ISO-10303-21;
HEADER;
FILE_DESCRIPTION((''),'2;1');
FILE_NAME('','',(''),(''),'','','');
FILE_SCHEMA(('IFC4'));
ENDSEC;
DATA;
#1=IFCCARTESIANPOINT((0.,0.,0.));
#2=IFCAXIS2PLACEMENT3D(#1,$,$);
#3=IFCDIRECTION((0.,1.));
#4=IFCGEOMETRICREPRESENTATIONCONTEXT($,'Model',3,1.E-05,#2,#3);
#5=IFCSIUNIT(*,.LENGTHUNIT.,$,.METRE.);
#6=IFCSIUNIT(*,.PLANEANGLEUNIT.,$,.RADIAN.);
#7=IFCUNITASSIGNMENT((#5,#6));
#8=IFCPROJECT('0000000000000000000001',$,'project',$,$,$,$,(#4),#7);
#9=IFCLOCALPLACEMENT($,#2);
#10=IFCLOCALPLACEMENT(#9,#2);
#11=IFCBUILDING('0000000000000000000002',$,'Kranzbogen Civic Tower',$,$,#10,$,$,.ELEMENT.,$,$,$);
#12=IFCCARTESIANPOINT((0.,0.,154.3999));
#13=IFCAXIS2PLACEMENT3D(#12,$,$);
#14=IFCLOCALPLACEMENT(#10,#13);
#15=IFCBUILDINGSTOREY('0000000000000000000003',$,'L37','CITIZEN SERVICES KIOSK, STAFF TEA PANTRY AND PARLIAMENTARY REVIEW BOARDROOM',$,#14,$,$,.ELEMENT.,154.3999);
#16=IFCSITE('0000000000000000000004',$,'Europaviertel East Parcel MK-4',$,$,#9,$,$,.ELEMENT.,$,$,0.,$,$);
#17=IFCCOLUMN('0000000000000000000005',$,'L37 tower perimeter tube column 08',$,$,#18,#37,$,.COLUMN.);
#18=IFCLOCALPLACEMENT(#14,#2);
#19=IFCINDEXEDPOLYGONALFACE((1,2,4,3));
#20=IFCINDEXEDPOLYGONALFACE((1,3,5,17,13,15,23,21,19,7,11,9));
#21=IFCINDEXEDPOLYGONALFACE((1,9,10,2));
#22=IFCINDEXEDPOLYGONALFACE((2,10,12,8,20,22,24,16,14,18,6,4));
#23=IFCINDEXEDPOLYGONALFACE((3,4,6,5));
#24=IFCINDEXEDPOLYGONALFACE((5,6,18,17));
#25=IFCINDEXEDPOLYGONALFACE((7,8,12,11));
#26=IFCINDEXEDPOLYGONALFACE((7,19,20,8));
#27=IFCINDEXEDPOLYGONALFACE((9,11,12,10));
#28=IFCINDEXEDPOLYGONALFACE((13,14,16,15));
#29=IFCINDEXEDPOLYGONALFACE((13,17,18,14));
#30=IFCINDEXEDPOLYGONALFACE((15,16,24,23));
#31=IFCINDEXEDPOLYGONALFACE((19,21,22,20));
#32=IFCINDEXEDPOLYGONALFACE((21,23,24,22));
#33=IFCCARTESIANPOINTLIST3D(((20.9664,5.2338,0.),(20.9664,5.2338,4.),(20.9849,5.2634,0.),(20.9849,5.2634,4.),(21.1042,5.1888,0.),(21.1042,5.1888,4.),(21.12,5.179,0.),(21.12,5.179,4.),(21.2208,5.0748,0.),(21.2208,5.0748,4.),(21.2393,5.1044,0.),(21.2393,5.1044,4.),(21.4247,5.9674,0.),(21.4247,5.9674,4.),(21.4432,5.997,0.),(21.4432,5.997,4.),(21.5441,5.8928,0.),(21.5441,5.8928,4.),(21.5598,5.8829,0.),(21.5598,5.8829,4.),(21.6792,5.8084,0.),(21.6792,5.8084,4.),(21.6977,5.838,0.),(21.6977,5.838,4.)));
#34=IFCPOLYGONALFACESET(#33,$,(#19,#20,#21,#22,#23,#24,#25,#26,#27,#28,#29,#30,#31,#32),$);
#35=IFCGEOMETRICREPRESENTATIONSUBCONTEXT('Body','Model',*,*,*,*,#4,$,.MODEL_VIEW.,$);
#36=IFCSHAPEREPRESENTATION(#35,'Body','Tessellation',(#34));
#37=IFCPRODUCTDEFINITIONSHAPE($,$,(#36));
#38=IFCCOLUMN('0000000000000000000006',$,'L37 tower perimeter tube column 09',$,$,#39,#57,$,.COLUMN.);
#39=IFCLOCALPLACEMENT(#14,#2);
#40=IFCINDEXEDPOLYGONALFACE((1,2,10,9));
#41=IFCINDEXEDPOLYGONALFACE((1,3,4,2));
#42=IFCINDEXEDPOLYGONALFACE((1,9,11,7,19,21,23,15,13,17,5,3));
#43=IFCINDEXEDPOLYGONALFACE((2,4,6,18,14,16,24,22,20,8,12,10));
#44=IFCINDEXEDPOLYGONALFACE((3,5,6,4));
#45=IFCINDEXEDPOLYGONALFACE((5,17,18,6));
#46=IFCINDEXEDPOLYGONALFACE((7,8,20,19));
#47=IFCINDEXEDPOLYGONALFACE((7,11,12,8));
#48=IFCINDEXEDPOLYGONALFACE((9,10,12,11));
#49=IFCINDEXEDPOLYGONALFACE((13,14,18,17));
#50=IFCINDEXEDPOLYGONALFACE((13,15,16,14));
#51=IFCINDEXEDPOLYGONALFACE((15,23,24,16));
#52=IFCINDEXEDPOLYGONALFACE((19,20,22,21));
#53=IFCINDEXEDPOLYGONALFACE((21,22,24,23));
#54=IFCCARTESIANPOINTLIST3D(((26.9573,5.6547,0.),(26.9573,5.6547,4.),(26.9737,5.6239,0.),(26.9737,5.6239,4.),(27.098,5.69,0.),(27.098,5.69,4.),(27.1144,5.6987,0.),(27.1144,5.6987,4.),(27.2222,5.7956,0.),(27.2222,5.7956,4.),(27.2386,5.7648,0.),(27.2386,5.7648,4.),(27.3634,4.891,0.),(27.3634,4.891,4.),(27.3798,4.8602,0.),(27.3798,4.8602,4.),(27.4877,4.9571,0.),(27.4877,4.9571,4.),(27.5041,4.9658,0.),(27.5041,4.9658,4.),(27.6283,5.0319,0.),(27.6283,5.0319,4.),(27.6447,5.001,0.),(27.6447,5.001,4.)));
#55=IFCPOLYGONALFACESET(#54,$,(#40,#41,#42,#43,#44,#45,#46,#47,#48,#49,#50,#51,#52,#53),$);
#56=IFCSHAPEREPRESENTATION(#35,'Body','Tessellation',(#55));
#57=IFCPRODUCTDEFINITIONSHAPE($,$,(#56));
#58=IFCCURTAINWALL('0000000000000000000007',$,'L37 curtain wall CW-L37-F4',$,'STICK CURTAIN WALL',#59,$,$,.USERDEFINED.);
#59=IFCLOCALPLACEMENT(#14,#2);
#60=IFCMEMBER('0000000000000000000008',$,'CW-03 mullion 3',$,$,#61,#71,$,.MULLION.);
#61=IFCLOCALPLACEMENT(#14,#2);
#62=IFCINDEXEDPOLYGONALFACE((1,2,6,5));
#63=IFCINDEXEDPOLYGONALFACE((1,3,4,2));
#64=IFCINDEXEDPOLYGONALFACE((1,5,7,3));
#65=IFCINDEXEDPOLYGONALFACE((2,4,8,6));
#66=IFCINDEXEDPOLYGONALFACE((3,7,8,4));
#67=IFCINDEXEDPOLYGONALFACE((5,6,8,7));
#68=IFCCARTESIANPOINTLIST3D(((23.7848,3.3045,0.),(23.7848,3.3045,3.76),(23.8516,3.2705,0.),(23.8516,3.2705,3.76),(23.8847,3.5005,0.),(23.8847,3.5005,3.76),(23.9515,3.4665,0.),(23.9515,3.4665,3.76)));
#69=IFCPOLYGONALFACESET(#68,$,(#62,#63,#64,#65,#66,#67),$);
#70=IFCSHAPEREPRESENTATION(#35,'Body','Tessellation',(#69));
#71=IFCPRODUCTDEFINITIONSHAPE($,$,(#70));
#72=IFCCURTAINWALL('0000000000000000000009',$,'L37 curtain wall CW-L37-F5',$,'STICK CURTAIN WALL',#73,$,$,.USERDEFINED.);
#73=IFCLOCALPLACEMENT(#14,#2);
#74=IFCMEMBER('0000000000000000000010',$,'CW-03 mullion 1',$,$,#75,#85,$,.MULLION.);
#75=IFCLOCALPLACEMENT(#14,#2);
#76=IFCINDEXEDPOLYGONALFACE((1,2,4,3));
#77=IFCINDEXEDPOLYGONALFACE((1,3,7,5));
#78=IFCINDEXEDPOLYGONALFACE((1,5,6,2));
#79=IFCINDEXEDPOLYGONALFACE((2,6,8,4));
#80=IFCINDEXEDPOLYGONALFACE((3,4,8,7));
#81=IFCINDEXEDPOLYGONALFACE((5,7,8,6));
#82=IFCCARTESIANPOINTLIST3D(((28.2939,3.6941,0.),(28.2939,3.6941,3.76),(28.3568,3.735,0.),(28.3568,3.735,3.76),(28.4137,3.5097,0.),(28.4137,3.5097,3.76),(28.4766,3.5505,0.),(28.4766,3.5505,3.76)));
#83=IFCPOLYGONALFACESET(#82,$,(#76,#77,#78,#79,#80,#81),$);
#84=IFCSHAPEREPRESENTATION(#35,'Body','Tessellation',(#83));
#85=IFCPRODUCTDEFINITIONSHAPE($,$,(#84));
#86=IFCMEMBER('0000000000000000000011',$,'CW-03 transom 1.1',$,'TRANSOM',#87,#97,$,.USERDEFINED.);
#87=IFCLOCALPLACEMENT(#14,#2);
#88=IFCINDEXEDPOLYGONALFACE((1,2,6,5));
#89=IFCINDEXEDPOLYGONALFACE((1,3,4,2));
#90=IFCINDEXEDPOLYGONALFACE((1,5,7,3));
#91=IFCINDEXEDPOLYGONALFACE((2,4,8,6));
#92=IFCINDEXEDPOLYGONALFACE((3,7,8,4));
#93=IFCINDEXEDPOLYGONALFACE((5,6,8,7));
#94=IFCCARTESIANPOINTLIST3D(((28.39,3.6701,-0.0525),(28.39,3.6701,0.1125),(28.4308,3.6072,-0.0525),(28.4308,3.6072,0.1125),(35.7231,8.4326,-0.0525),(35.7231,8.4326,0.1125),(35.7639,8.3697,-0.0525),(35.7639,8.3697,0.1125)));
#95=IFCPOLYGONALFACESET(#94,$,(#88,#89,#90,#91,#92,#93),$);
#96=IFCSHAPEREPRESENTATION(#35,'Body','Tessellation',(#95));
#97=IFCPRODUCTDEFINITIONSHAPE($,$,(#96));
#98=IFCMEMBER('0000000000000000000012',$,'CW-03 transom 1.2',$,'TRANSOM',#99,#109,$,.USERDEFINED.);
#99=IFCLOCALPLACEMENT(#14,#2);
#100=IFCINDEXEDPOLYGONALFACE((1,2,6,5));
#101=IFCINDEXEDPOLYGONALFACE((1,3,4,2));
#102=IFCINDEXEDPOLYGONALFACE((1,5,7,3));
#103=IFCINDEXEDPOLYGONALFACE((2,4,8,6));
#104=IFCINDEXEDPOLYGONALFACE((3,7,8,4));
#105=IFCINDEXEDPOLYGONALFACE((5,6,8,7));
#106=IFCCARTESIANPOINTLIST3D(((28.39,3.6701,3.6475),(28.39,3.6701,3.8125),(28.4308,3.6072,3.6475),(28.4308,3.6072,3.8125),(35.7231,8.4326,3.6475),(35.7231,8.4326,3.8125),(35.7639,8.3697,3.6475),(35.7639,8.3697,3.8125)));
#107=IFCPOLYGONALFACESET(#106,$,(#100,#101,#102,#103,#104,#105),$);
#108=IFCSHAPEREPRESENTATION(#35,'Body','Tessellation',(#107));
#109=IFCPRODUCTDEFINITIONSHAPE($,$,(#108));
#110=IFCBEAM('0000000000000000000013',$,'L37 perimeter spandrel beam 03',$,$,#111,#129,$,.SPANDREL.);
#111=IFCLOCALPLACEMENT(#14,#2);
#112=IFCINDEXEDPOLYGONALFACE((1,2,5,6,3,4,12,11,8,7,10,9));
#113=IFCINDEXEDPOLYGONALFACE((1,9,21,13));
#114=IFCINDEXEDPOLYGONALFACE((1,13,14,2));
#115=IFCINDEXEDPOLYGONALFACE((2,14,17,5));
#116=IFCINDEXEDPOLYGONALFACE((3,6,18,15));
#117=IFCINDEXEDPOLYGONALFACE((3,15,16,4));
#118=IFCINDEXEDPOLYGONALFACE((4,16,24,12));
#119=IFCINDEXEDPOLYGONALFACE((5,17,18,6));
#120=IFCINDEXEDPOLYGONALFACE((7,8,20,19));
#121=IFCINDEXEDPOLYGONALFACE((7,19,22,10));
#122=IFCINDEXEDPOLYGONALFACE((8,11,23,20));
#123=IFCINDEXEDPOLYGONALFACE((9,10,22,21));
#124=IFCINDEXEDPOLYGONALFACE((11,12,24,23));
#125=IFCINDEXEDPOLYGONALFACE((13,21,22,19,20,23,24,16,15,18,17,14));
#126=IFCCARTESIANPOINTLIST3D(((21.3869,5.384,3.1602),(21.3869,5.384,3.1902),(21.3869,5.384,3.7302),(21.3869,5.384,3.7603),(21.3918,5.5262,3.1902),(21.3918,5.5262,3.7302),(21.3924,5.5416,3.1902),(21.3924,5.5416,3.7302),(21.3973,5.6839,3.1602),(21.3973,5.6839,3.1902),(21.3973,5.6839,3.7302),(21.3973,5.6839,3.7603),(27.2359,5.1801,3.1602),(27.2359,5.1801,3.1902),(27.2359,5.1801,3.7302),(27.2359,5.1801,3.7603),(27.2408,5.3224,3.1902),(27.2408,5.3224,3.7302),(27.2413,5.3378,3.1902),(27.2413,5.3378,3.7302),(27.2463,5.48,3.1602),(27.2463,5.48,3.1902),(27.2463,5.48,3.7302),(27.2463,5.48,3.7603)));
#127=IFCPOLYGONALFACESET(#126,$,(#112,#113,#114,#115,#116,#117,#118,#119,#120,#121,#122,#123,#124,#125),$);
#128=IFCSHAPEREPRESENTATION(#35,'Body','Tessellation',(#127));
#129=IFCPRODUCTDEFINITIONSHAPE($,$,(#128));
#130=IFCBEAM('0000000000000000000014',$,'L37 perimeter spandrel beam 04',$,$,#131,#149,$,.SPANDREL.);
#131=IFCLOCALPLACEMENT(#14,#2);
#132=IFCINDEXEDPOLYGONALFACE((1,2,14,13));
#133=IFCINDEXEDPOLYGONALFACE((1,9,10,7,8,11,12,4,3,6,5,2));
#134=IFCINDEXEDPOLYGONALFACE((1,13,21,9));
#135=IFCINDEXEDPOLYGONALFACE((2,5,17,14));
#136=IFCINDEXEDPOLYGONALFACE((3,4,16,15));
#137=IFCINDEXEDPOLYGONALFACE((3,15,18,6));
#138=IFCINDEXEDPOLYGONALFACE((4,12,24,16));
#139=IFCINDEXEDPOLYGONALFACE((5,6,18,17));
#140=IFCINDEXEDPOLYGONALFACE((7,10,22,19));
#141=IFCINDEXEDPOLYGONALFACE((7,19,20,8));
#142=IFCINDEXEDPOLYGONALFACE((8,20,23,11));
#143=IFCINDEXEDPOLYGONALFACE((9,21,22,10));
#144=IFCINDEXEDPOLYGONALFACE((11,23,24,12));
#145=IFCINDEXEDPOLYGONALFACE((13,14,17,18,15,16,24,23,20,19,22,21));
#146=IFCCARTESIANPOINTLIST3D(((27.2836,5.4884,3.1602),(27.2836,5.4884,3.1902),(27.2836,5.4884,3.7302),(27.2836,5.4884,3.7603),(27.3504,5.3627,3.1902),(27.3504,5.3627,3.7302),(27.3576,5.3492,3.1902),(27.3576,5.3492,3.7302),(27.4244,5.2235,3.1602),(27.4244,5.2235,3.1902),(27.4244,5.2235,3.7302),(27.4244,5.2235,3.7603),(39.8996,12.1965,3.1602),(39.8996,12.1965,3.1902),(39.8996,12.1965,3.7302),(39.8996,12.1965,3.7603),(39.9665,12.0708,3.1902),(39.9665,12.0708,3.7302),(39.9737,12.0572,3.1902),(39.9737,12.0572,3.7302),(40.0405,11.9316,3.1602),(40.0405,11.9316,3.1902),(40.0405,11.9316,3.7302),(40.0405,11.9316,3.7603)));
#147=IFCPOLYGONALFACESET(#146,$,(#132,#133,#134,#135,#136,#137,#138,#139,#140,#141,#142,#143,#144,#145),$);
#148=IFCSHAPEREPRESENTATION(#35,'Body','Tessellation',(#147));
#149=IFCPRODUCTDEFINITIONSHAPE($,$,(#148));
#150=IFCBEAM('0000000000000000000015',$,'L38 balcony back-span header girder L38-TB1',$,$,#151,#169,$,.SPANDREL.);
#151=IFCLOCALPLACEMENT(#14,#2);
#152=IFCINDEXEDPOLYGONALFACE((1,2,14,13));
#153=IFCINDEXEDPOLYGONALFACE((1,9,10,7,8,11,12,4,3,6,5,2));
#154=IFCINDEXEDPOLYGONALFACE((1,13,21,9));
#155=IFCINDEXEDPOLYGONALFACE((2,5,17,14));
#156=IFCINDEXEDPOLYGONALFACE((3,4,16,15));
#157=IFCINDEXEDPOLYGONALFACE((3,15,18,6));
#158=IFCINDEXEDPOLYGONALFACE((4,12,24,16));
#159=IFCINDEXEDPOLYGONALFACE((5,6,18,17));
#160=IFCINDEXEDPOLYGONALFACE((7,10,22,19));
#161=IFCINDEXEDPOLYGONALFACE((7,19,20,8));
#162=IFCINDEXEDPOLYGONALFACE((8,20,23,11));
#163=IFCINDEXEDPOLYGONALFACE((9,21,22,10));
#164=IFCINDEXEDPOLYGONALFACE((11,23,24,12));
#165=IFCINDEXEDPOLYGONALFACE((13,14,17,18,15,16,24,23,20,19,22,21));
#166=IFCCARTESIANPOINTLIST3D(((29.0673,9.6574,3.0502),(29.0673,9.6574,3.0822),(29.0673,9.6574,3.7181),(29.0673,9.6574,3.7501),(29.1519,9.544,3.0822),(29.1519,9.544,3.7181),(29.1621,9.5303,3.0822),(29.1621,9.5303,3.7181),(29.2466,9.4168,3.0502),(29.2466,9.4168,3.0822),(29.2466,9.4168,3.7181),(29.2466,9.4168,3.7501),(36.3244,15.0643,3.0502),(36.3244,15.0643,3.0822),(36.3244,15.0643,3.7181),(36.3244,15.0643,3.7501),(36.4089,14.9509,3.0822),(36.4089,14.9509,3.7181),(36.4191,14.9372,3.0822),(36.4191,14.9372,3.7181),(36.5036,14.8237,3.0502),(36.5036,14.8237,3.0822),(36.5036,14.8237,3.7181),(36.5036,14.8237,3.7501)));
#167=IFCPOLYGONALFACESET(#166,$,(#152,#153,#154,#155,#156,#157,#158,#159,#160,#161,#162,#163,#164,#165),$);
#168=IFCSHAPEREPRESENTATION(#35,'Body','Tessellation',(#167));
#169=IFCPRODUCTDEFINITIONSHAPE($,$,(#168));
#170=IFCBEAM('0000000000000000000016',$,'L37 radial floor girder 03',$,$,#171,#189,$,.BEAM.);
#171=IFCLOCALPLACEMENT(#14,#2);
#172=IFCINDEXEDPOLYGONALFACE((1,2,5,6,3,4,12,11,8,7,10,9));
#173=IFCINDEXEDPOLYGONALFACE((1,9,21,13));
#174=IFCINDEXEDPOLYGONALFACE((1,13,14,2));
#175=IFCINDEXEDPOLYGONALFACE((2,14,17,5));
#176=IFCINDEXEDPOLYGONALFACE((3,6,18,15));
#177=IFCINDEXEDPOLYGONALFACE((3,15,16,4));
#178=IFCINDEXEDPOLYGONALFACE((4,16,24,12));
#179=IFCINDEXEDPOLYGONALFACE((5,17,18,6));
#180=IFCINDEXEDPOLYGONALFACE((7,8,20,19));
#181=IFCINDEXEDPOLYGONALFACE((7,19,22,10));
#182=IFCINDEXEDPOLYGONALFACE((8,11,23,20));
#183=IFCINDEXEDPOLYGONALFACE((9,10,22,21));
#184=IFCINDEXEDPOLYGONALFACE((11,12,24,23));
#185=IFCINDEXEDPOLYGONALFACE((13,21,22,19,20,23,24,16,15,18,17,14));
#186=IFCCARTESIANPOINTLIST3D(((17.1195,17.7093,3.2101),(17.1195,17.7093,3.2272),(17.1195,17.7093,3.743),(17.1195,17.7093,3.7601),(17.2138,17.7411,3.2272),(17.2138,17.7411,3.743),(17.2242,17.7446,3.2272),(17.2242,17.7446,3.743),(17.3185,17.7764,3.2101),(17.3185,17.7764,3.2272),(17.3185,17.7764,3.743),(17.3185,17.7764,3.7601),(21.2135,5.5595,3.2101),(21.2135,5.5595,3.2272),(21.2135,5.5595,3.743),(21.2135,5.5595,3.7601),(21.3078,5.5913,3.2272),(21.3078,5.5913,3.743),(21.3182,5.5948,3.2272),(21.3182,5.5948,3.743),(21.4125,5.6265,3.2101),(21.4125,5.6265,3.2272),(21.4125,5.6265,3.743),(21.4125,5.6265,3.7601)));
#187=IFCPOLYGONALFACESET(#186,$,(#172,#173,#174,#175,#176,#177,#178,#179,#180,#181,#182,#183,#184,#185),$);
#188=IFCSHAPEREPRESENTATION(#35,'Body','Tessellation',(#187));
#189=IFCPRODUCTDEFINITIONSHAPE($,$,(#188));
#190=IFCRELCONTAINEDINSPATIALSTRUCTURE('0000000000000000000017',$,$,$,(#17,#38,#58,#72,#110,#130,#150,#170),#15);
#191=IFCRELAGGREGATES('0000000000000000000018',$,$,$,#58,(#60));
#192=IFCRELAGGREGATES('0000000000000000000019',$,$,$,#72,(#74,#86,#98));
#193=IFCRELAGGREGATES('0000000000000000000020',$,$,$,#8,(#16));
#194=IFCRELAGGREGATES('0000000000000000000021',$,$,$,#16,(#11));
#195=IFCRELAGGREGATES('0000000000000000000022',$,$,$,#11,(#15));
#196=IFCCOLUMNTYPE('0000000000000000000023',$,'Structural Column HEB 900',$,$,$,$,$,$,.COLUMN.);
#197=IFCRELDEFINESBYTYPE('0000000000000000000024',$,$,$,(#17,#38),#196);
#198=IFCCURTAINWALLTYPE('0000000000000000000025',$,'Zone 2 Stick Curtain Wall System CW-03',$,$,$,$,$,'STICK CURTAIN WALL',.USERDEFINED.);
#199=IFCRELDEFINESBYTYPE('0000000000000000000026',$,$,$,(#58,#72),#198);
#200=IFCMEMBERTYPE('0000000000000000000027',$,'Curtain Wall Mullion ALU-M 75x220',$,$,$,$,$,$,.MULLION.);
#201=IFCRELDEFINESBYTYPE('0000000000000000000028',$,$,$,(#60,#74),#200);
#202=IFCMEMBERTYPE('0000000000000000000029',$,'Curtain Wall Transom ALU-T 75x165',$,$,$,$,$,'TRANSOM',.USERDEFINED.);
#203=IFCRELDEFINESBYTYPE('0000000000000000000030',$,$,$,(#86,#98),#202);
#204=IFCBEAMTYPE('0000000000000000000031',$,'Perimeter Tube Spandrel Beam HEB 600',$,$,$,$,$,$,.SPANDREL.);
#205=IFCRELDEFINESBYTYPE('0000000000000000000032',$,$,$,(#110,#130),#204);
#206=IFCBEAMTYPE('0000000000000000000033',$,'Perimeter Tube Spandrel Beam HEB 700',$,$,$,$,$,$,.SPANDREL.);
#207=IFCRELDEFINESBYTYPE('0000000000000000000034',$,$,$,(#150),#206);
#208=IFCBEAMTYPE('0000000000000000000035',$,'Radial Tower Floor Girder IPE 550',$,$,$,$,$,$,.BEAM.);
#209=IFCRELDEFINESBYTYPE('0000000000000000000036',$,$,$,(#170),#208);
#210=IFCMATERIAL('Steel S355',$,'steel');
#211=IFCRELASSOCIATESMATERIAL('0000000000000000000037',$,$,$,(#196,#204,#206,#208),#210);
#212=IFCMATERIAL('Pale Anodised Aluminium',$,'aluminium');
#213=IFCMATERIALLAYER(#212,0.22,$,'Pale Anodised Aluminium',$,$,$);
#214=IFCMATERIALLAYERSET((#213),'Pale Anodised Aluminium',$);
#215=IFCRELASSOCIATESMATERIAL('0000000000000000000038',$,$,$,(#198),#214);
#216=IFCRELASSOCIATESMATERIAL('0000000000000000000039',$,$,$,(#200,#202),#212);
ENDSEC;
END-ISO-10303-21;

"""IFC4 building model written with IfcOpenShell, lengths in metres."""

from ifc_helpers import new_model, si_unit, direction, frame, origin, origin_2d, place, context, subcontext, project, spatial, rectangle, i_section, extrude, material, layer, layer_set, material_profile, profile_set, type_object, element, aggregate, save


model = new_model("IFC4")

# Units and contexts
model_context = context("Model", 3, precision=1e-05, world=origin(), true_north=direction((0.0, 1.0)))
body_context = subcontext(model_context, "Body", "Model", "MODEL_VIEW")
ifc_project = project(units=[si_unit("LENGTHUNIT", "METRE"), si_unit("PLANEANGLEUNIT", "RADIAN")], contexts=[model_context])

# Site, building, storey
site_placement = place(None, origin())
site = spatial("IfcSite", under=ifc_project, at=site_placement, Name="Europaviertel East Parcel MK-4", CompositionType="ELEMENT", RefElevation=0.0)
building_placement = place(site_placement, origin())
building = spatial("IfcBuilding", under=site, at=building_placement, Name="Kranzbogen Civic Tower", CompositionType="ELEMENT")
storey_placement = place(building_placement, frame((0.0, 0.0, 154.3999)))
storey = spatial("IfcBuildingStorey", under=building, at=storey_placement, Name="L37", Description="CITIZEN SERVICES KIOSK, STAFF TEA PANTRY AND PARLIAMENTARY REVIEW BOARDROOM", CompositionType="ELEMENT", Elevation=154.3999)

# Columns
ifc_material_1 = material(Name="Steel S355", Category="steel")
ifc_material_profile_1 = material_profile(ifc_material_1, i_section(OverallWidth=0.3, OverallDepth=0.8999, WebThickness=0.0186, FlangeThickness=0.0349, at=origin_2d()), Name="HEB 900")
ifc_profile_set_1 = profile_set([ifc_material_profile_1], Name="Steel S355")
column_type = type_object("IfcColumnType", Name="Structural Column HEB 900", PredefinedType="COLUMN", material=ifc_profile_set_1)
for number, where, z_axis, x_axis, name in (
    (1, (21.332, 5.5359, 0.0), (0.0, 0.0, 1.0), (-0.848048, 0.529919, 0.0), "L37 tower perimeter tube column 08"),
    (2, (27.301, 5.3279, 0.0), (0.0, 0.0, 1.0), (0.882948, 0.469472, 0.0), "L37 tower perimeter tube column 09"),
):
    element("IfcColumn", number, at=place(storey_placement, frame(where, z_axis=z_axis, x_axis=x_axis)), inside=storey, type_object=column_type, Name=name, PredefinedType="COLUMN", context=body_context, shape_type="SweptSolid", body=[
        extrude(i_section(OverallWidth=0.3, OverallDepth=0.8999, WebThickness=0.0186, FlangeThickness=0.0349, at=origin_2d()), origin(), (0.0, 0.0, 1.0), 4.0),
    ])

# Curtain wall, member
ifc_material_2 = material(Name="Pale Anodised Aluminium", Category="aluminium")
ifc_layer_1 = layer(ifc_material_2, 0.22, Name="Pale Anodised Aluminium")
ifc_layer_set_1 = layer_set([ifc_layer_1], Name="Pale Anodised Aluminium")
curtain_wall_type = type_object("IfcCurtainWallType", Name="Zone 2 Stick Curtain Wall System CW-03", ElementType="STICK CURTAIN WALL", PredefinedType="USERDEFINED", material=ifc_layer_set_1)
curtain_wall_1_placement = place(storey_placement, origin())
curtain_wall_1 = element("IfcCurtainWall", 3, at=curtain_wall_1_placement, inside=storey, type_object=curtain_wall_type, Name="L37 curtain wall CW-L37-F4", ObjectType="STICK CURTAIN WALL", PredefinedType="USERDEFINED")
ifc_material_profile_2 = material_profile(ifc_material_2, rectangle(XDim=0.075, YDim=0.22, at=origin_2d()), Name="ALU-M 75x220")
ifc_profile_set_2 = profile_set([ifc_material_profile_2], Name="Pale Anodised Aluminium")
member_type_1 = type_object("IfcMemberType", Name="Curtain Wall Mullion ALU-M 75x220", PredefinedType="MULLION", material=ifc_profile_set_2)
member_1_placement = place(storey_placement, frame((23.8682, 3.3855, 0.0), z_axis=(0.0, 0.0, 1.0), x_axis=(0.891017, -0.45397, 0.0)))
member_1 = element("IfcMember", 4, at=member_1_placement, type_object=member_type_1, Name="CW-03 mullion 3", PredefinedType="MULLION", context=body_context, shape_type="SweptSolid", body=[
    extrude(rectangle(XDim=0.075, YDim=0.22, at=origin_2d()), origin(), (0.0, 0.0, 1.0), 3.76),
])
aggregate(curtain_wall_1, [member_1])

# Curtain wall, members
curtain_wall_2_placement = place(storey_placement, origin())
curtain_wall_2 = element("IfcCurtainWall", 5, at=curtain_wall_2_placement, inside=storey, type_object=curtain_wall_type, Name="L37 curtain wall CW-L37-F5", ObjectType="STICK CURTAIN WALL", PredefinedType="USERDEFINED")
member_2_placement = place(storey_placement, frame((28.3853, 3.6223, 0.0), z_axis=(0.0, 0.0, 1.0), x_axis=(0.838652, 0.544668, 0.0)))
member_2 = element("IfcMember", 6, at=member_2_placement, type_object=member_type_1, Name="CW-03 mullion 1", PredefinedType="MULLION", context=body_context, shape_type="SweptSolid", body=[
    extrude(rectangle(XDim=0.075, YDim=0.22, at=origin_2d()), origin(), (0.0, 0.0, 1.0), 3.76),
])
ifc_material_profile_3 = material_profile(ifc_material_2, rectangle(XDim=0.075, YDim=0.165, at=origin_2d()), Name="ALU-T 75x165")
ifc_profile_set_3 = profile_set([ifc_material_profile_3], Name="Pale Anodised Aluminium")
member_type_2 = type_object("IfcMemberType", Name="Curtain Wall Transom ALU-T 75x165", ElementType="TRANSOM", PredefinedType="USERDEFINED", material=ifc_profile_set_3)
member_3_placement = place(storey_placement, frame((28.4104, 3.6387, 0.03), z_axis=(0.838653, 0.544666, 0.0), x_axis=(-0.544666, 0.838653, 0.0)))
member_3 = element("IfcMember", 7, at=member_3_placement, type_object=member_type_2, Name="CW-03 transom 1.1", ObjectType="TRANSOM", PredefinedType="USERDEFINED", context=body_context, shape_type="SweptSolid", body=[
    extrude(rectangle(XDim=0.075, YDim=0.165, at=origin_2d()), origin(), (0.0, 0.0, 1.0), 8.7439),
])
member_4_placement = place(storey_placement, frame((28.4104, 3.6387, 3.73), z_axis=(0.838653, 0.544666, 0.0), x_axis=(-0.544666, 0.838653, 0.0)))
member_4 = element("IfcMember", 8, at=member_4_placement, type_object=member_type_2, Name="CW-03 transom 1.2", ObjectType="TRANSOM", PredefinedType="USERDEFINED", context=body_context, shape_type="SweptSolid", body=[
    extrude(rectangle(XDim=0.075, YDim=0.165, at=origin_2d()), origin(), (0.0, 0.0, 1.0), 8.7439),
])
aggregate(curtain_wall_2, [member_2, member_3, member_4])

# Beams
ifc_material_profile_4 = material_profile(ifc_material_1, i_section(OverallWidth=0.3, OverallDepth=0.6001, WebThickness=0.0154, FlangeThickness=0.03, at=origin_2d()), Name="HEB 600")
ifc_profile_set_4 = profile_set([ifc_material_profile_4], Name="Steel S355")
beam_type_1 = type_object("IfcBeamType", Name="Perimeter Tube Spandrel Beam HEB 600", PredefinedType="SPANDREL", material=ifc_profile_set_4)
beam_1_placement = place(storey_placement, frame((21.3921, 5.5339, 3.4602), z_axis=(0.999393, -0.034833, 0.0), x_axis=(0.034833, 0.999393, 0.0)))
element("IfcBeam", 9, at=beam_1_placement, inside=storey, type_object=beam_type_1, Name="L37 perimeter spandrel beam 03", PredefinedType="SPANDREL", context=body_context, shape_type="SweptSolid", body=[
    extrude(i_section(OverallWidth=0.3, OverallDepth=0.6001, WebThickness=0.0154, FlangeThickness=0.03, at=origin_2d()), origin(), (0.0, 0.0, 1.0), 5.8525),
])
beam_2_placement = place(storey_placement, frame((27.354, 5.356, 3.4602), z_axis=(0.882948, 0.46947, 0.0), x_axis=(-0.46947, 0.882948, 0.0)))
element("IfcBeam", 10, at=beam_2_placement, inside=storey, type_object=beam_type_1, Name="L37 perimeter spandrel beam 04", PredefinedType="SPANDREL", context=body_context, shape_type="SweptSolid", body=[
    extrude(i_section(OverallWidth=0.3, OverallDepth=0.6001, WebThickness=0.0154, FlangeThickness=0.03, at=origin_2d()), origin(), (0.0, 0.0, 1.0), 14.2886),
])
ifc_material_profile_5 = material_profile(ifc_material_1, i_section(OverallWidth=0.3, OverallDepth=0.7, WebThickness=0.0171, FlangeThickness=0.032, at=origin_2d()), Name="HEB 700")
ifc_profile_set_5 = profile_set([ifc_material_profile_5], Name="Steel S355")
beam_type_2 = type_object("IfcBeamType", Name="Perimeter Tube Spandrel Beam HEB 700", PredefinedType="SPANDREL", material=ifc_profile_set_5)
beam_3_placement = place(storey_placement, frame((29.157, 9.5371, 3.4001), z_axis=(0.801896, 0.597463, 0.0), x_axis=(-0.597463, 0.801896, 0.0)))
element("IfcBeam", 11, at=beam_3_placement, inside=storey, type_object=beam_type_2, Name="L38 balcony back-span header girder L38-TB1", PredefinedType="SPANDREL", context=body_context, shape_type="SweptSolid", body=[
    extrude(i_section(OverallWidth=0.3, OverallDepth=0.7, WebThickness=0.0171, FlangeThickness=0.032, at=origin_2d()), origin(), (0.0, 0.0, 1.0), 9.0498),
])
ifc_material_profile_6 = material_profile(ifc_material_1, i_section(OverallWidth=0.21, OverallDepth=0.55, WebThickness=0.011, FlangeThickness=0.0171, at=origin_2d()), Name="IPE 550")
ifc_profile_set_6 = profile_set([ifc_material_profile_6], Name="Steel S355")
beam_type_3 = type_object("IfcBeamType", Name="Radial Tower Floor Girder IPE 550", PredefinedType="BEAM", material=ifc_profile_set_6)
beam_4_placement = place(storey_placement, frame((21.313, 5.593, 3.4851), z_axis=(-0.319317, 0.947648, 0.0), x_axis=(-0.947648, -0.319317, 0.0)))
element("IfcBeam", 12, at=beam_4_placement, inside=storey, type_object=beam_type_3, Name="L37 radial floor girder 03", PredefinedType="BEAM", context=body_context, shape_type="SweptSolid", body=[
    extrude(i_section(OverallWidth=0.21, OverallDepth=0.55, WebThickness=0.011, FlangeThickness=0.0171, at=origin_2d()), origin(), (0.0, 0.0, 1.0), 12.821),
])

save(model, "model.ifc")
